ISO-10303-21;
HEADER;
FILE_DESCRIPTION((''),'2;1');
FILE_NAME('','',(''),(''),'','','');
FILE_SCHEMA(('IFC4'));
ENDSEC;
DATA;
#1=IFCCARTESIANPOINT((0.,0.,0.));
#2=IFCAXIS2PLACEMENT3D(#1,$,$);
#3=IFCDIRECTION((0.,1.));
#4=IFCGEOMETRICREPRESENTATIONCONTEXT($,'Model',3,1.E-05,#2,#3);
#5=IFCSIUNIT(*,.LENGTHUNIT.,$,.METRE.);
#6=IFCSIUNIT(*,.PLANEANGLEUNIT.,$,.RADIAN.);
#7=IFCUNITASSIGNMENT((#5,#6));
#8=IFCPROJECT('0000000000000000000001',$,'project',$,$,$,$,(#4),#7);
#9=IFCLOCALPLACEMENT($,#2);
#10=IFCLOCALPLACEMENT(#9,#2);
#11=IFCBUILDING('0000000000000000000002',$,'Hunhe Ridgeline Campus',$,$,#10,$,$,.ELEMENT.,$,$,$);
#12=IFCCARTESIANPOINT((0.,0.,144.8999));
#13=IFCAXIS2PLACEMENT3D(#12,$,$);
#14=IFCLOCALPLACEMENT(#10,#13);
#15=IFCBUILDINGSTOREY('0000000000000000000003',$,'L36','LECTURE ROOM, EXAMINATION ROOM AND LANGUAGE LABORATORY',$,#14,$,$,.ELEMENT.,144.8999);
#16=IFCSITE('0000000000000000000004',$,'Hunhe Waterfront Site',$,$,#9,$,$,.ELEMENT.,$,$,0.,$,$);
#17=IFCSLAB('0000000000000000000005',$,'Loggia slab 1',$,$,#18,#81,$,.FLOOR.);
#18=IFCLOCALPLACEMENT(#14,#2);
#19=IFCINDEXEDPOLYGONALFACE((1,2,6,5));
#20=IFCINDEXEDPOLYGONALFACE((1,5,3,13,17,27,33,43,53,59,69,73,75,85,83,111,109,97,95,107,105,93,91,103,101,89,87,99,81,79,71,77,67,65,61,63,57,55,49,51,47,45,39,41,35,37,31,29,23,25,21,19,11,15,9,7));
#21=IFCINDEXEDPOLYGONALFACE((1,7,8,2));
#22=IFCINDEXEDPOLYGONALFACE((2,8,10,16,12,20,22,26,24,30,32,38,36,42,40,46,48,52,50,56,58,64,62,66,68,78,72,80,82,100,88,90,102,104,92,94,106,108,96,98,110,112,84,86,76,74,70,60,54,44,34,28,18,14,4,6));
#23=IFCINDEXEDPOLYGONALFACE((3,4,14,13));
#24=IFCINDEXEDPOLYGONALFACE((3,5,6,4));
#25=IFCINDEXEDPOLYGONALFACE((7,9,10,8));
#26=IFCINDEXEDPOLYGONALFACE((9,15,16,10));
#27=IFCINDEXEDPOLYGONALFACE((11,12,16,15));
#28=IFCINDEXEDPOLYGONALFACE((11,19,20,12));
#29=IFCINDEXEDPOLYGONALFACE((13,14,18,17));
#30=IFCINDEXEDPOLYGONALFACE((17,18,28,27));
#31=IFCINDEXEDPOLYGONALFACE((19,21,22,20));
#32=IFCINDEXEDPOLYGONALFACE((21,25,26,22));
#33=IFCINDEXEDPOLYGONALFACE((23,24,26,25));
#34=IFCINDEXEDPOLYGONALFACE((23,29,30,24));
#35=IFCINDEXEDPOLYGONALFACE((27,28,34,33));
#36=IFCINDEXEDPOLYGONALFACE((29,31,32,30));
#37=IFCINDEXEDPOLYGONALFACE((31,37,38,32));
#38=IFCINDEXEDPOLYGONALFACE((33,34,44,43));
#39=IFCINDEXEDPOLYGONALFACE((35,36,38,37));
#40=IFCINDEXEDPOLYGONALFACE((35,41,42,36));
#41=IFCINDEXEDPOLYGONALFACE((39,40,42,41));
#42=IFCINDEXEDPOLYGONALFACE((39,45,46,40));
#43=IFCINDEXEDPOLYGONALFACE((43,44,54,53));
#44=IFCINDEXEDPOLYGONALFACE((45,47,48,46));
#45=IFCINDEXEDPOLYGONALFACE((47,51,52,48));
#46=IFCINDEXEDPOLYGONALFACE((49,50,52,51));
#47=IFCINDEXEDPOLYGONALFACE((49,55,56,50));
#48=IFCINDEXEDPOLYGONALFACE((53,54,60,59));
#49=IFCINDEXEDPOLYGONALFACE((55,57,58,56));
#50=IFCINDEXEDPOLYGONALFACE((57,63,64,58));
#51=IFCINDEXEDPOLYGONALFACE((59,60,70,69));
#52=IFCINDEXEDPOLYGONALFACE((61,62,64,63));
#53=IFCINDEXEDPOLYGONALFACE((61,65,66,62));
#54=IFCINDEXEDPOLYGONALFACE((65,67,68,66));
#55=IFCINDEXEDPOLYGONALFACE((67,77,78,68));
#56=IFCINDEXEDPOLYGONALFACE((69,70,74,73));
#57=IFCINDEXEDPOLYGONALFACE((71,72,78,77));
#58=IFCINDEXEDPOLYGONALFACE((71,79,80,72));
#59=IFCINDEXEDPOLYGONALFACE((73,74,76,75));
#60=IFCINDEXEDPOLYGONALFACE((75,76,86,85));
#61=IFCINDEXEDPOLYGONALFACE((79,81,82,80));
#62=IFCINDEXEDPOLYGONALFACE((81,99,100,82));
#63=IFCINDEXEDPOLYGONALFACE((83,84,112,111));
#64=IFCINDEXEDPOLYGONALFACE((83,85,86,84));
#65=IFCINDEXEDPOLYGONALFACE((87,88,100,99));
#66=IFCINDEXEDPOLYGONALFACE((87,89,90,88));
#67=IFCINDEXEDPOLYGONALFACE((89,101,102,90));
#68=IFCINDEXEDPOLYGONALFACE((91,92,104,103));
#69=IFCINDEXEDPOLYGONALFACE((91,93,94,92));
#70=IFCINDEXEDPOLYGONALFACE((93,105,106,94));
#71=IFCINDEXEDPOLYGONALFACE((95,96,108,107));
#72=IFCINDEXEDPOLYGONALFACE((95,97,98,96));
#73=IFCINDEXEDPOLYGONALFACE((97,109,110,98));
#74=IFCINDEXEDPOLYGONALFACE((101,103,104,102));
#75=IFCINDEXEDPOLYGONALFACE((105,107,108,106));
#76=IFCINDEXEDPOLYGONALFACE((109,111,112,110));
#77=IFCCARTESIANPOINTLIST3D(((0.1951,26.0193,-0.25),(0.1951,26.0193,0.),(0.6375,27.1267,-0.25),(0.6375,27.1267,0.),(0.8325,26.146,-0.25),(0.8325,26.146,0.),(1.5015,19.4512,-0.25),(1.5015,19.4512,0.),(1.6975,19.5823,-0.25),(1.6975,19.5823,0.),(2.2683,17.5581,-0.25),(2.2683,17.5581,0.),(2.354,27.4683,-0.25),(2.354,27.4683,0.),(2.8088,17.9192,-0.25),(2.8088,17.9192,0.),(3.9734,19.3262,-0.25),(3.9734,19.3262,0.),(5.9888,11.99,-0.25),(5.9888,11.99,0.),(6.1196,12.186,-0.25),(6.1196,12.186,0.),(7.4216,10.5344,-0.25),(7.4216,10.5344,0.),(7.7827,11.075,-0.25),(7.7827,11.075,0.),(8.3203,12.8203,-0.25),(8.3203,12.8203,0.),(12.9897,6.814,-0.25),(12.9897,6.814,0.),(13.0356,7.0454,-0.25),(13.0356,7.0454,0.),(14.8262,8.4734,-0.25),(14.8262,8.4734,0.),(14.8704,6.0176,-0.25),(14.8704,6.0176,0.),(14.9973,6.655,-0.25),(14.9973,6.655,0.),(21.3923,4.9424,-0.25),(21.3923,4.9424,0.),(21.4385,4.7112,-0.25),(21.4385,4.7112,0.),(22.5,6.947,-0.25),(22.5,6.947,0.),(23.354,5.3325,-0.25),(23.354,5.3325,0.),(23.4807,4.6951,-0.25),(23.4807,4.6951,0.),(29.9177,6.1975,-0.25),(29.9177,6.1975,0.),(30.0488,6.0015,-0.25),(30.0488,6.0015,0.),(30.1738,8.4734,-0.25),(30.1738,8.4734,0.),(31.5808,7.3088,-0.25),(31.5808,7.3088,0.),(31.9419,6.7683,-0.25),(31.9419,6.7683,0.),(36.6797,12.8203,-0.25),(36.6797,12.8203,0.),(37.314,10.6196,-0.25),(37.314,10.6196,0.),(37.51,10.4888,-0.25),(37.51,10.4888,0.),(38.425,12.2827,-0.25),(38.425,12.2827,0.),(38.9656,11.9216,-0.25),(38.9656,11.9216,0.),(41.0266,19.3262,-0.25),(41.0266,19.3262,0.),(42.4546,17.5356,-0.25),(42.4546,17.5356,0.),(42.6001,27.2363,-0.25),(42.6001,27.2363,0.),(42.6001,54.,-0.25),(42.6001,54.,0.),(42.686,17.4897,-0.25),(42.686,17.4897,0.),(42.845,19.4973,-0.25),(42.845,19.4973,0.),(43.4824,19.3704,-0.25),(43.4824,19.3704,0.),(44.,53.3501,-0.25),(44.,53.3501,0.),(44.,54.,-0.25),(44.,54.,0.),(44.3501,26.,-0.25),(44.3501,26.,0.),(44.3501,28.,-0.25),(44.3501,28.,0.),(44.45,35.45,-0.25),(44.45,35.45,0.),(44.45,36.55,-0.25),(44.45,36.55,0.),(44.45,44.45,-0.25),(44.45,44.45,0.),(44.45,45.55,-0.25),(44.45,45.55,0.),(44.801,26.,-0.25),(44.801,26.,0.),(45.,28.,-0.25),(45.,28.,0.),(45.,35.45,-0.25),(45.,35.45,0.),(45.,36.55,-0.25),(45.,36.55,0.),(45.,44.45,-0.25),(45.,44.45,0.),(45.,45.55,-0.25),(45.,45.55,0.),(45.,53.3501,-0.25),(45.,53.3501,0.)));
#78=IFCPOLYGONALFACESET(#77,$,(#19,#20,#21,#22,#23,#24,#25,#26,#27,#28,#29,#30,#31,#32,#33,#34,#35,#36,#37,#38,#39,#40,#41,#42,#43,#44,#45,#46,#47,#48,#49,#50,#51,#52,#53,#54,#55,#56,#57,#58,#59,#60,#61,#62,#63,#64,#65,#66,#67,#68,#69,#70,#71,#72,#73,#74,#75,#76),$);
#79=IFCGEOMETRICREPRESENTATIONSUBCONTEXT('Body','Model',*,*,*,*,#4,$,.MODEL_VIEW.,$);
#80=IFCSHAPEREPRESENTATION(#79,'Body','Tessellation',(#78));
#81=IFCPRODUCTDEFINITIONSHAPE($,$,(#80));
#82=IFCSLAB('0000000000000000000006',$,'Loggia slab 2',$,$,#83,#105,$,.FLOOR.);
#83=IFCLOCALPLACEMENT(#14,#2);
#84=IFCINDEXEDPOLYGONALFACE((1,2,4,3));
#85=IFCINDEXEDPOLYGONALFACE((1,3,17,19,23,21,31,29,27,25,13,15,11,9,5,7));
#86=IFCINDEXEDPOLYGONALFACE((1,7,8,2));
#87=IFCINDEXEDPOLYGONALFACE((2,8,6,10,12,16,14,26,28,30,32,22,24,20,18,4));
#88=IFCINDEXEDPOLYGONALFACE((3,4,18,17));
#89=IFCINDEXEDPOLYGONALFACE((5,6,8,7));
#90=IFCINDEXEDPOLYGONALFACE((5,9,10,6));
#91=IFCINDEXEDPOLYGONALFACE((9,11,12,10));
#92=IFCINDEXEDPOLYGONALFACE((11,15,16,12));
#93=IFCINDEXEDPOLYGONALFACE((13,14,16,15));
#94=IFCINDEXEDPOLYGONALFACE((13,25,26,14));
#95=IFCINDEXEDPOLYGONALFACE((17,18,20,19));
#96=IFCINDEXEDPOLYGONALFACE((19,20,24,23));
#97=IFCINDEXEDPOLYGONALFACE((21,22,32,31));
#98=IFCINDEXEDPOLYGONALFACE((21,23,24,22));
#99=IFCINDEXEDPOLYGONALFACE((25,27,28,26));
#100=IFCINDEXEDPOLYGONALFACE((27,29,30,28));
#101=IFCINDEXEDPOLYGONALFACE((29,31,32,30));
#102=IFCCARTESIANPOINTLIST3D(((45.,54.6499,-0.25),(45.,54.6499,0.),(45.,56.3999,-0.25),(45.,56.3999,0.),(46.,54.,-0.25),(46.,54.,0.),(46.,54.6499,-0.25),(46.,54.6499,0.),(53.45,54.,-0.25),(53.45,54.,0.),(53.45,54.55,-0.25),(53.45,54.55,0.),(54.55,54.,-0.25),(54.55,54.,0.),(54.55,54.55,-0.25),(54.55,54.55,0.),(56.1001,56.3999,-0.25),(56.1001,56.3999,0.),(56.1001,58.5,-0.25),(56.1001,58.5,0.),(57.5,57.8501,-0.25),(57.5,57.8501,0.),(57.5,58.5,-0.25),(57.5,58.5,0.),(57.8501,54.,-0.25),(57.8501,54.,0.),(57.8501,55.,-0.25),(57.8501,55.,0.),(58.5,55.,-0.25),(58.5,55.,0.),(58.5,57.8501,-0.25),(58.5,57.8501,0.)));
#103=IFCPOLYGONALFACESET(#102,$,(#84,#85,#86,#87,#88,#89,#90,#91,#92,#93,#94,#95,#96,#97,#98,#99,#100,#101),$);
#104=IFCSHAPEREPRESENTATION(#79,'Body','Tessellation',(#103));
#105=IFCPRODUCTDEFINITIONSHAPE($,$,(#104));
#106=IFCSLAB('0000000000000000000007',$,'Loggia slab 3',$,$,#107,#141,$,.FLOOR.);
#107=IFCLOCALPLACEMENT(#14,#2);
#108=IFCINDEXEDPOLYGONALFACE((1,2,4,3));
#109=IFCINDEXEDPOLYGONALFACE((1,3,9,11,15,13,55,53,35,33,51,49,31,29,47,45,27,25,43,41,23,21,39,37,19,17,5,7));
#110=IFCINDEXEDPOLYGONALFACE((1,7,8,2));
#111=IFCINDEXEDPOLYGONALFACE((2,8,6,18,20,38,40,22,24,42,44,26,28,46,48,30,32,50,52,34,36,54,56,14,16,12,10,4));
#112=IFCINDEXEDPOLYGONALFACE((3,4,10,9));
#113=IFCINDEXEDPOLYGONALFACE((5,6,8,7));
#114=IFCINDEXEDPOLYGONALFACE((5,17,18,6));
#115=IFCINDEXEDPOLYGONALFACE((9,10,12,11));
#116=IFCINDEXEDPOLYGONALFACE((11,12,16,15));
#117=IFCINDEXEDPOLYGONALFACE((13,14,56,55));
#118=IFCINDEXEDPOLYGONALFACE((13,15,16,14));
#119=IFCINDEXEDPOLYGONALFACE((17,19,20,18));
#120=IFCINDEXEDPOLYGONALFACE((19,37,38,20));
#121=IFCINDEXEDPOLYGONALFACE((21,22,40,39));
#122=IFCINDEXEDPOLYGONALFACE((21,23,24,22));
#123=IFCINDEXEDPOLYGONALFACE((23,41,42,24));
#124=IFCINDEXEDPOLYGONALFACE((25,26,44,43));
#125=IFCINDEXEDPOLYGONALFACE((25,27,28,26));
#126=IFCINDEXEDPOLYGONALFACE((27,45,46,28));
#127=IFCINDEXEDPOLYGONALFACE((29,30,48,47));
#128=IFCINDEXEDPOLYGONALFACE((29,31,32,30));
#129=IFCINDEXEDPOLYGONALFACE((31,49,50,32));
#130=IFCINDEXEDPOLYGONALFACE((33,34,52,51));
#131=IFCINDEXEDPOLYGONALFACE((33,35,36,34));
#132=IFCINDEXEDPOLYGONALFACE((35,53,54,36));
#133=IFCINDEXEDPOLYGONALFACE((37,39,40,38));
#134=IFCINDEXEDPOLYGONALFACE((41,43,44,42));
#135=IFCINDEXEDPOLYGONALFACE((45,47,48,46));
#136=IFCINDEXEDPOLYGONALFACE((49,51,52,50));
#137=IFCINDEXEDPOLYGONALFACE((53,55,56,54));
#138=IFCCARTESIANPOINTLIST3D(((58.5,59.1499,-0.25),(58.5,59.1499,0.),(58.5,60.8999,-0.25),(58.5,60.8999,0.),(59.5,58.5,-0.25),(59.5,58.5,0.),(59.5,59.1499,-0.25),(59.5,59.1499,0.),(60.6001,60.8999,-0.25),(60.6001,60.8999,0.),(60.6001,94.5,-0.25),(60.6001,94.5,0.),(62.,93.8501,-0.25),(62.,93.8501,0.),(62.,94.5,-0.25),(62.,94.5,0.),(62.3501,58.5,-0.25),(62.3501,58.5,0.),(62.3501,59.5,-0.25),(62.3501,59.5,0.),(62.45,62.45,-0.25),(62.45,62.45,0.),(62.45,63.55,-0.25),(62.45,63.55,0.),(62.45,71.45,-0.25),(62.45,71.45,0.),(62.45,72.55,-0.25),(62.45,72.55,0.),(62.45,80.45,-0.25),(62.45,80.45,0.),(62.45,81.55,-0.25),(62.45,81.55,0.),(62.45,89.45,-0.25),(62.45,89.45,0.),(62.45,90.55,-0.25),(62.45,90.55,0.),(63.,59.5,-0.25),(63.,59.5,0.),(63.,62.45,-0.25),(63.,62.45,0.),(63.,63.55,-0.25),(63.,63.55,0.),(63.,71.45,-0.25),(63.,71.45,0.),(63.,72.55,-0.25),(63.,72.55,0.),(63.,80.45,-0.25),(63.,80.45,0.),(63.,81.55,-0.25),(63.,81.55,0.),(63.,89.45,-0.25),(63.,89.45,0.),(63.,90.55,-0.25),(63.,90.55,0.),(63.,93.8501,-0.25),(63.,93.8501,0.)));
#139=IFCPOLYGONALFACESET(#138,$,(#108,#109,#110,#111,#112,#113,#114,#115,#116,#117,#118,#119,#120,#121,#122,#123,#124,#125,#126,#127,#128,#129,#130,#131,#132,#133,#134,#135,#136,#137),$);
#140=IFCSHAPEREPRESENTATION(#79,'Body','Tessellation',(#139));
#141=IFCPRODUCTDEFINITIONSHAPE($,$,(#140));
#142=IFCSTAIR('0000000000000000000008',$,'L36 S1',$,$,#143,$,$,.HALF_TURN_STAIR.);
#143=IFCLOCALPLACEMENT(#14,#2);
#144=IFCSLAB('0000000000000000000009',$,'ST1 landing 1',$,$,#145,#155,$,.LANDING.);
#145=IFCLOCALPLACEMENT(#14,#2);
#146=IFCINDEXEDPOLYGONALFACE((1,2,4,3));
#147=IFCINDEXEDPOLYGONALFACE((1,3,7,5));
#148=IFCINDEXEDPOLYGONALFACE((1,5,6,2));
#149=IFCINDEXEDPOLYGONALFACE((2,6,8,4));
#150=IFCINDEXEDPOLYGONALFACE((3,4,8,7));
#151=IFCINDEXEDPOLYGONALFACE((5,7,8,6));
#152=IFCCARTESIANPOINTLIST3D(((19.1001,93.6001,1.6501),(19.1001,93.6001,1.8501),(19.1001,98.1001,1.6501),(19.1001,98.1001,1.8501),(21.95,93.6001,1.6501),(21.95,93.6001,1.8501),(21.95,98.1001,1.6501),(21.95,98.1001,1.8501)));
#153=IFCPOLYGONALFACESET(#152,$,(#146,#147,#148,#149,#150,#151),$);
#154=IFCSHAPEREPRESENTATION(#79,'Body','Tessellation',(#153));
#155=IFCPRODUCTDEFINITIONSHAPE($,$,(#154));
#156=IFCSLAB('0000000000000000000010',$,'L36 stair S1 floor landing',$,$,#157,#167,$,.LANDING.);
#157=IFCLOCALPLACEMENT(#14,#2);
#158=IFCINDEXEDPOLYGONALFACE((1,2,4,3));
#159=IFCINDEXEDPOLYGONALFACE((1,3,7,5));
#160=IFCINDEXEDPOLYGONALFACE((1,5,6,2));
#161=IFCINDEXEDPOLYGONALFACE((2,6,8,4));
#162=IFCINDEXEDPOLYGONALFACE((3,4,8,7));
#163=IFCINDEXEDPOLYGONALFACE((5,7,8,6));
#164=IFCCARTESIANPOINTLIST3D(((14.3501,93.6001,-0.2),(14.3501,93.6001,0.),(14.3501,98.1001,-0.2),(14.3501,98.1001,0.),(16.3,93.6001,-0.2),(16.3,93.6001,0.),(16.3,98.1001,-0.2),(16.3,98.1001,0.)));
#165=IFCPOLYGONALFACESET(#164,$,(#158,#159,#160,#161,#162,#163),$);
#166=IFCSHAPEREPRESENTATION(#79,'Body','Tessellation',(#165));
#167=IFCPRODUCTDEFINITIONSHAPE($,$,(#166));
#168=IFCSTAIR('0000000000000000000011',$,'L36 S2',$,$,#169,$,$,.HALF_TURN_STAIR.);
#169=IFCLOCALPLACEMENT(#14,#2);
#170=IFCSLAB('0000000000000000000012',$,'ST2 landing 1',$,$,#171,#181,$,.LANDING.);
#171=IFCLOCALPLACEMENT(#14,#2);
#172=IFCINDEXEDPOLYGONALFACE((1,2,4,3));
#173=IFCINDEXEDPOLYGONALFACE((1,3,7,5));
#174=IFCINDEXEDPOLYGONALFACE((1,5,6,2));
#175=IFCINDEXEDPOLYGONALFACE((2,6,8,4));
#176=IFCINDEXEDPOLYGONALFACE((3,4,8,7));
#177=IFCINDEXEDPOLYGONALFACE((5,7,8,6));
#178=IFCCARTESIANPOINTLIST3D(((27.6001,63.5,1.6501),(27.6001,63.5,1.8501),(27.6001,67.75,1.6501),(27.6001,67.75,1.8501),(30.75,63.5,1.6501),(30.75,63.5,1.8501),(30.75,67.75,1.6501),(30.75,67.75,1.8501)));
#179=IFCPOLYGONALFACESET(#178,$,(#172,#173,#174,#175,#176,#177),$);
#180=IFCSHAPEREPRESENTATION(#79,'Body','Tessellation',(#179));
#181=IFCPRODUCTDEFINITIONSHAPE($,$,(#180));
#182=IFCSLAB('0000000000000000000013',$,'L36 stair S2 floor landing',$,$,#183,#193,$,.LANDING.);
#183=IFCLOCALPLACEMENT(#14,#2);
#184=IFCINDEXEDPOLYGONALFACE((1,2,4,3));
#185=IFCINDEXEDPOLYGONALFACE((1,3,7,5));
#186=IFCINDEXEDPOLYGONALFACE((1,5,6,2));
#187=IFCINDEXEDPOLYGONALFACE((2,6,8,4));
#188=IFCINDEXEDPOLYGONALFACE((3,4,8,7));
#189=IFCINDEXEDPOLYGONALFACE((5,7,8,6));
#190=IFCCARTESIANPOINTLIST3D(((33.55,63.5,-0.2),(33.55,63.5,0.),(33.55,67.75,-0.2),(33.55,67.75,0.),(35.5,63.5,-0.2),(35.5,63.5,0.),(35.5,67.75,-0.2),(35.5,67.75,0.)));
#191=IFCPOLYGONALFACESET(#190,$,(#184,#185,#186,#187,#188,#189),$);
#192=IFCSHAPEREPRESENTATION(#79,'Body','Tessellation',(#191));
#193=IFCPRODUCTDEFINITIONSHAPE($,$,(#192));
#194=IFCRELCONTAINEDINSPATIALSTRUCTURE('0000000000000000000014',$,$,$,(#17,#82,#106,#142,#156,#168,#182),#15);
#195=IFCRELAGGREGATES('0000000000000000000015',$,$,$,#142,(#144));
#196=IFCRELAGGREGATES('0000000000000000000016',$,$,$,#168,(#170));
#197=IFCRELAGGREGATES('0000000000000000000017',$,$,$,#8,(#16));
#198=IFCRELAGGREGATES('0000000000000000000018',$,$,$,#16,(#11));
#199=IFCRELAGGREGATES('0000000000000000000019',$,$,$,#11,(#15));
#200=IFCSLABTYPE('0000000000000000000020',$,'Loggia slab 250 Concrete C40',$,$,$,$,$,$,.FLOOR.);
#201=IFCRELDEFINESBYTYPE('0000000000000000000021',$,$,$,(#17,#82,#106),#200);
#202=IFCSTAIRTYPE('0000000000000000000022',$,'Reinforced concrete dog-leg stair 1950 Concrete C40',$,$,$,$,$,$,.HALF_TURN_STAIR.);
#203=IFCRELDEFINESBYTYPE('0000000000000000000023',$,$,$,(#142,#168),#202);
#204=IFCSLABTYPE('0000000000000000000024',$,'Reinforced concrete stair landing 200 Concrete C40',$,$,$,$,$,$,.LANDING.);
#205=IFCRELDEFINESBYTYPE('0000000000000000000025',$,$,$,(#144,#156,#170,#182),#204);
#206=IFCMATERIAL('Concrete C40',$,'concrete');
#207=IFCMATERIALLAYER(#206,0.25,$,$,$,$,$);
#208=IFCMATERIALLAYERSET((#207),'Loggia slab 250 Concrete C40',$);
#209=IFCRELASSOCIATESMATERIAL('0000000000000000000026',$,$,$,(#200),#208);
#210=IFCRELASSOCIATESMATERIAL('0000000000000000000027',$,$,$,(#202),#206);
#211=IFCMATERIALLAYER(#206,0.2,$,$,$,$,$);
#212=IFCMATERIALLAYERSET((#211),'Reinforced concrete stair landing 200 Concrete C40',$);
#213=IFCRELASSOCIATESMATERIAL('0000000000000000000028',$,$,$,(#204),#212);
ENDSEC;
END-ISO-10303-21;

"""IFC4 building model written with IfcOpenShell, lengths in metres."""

from ifc_helpers import new_model, si_unit, direction, frame, origin, place, context, subcontext, project, spatial, polyline, outline, extrude, material, layer, layer_set, type_object, element, aggregate, save


model = new_model("IFC4")

# Units and contexts
model_context = context("Model", 3, precision=1e-05, world=origin(), true_north=direction((0.0, 1.0)))
body_context = subcontext(model_context, "Body", "Model", "MODEL_VIEW")
ifc_project = project(units=[si_unit("LENGTHUNIT", "METRE"), si_unit("PLANEANGLEUNIT", "RADIAN")], contexts=[model_context])

# Site, building, storey
site_placement = place(None, origin())
site = spatial("IfcSite", under=ifc_project, at=site_placement, Name="Hunhe Waterfront Site", CompositionType="ELEMENT", RefElevation=0.0)
building_placement = place(site_placement, origin())
building = spatial("IfcBuilding", under=site, at=building_placement, Name="Hunhe Ridgeline Campus", CompositionType="ELEMENT")
storey_placement = place(building_placement, frame((0.0, 0.0, 144.8999)))
storey = spatial("IfcBuildingStorey", under=building, at=storey_placement, Name="L36", Description="LECTURE ROOM, EXAMINATION ROOM AND LANGUAGE LABORATORY", CompositionType="ELEMENT", Elevation=144.8999)

# Slabs
ifc_material_1 = material(Name="Concrete C40", Category="concrete")
ifc_layer_1 = layer(ifc_material_1, 0.25)
ifc_layer_set_1 = layer_set([ifc_layer_1], Name="Loggia slab 250 Concrete C40")
slab_type_1 = type_object("IfcSlabType", Name="Loggia slab 250 Concrete C40", PredefinedType="FLOOR", material=ifc_layer_set_1)
slab_1_placement = place(storey_placement, frame((0.0, 0.0, -0.25)))
element("IfcSlab", 1, at=slab_1_placement, inside=storey, type_object=slab_type_1, Name="Loggia slab 1", PredefinedType="FLOOR", context=body_context, shape_type="SweptSolid", body=[
    extrude(outline(polyline([(30.1738, 8.4734), (22.5, 6.947), (14.8262, 8.4734), (8.3203, 12.8203), (3.9734, 19.3262), (2.354, 27.4683), (0.6375, 27.1267), (0.8325, 26.146), (0.1951, 26.0193), (1.5015, 19.4512), (1.6975, 19.5823), (2.8088, 17.9192), (2.2683, 17.5581), (5.9888, 11.99), (6.1196, 12.186), (7.7827, 11.075), (7.4216, 10.5344), (12.9897, 6.814), (13.0356, 7.0454), (14.9973, 6.655), (14.8704, 6.0176), (21.4385, 4.7112), (21.3923, 4.9424), (23.354, 5.3325), (23.4807, 4.6951), (30.0488, 6.0015), (29.9177, 6.1975), (31.5808, 7.3088), (31.9419, 6.7683), (37.51, 10.4888), (37.314, 10.6196), (38.425, 12.2827), (38.9656, 11.9216), (42.686, 17.4897), (42.4546, 17.5356), (42.845, 19.4973), (43.4824, 19.3704), (44.801, 26.0), (44.3501, 26.0), (44.3501, 28.0), (45.0, 28.0), (45.0, 35.45), (44.45, 35.45), (44.45, 36.55), (45.0, 36.55), (45.0, 44.45), (44.45, 44.45), (44.45, 45.55), (45.0, 45.55), (45.0, 53.3501), (44.0, 53.3501), (44.0, 54.0), (42.6001, 54.0), (42.6001, 27.2363), (41.0266, 19.3262), (36.6797, 12.8203), (30.1738, 8.4734)])), origin(), (0.0, 0.0, 1.0), 0.25),
])
slab_2_placement = place(storey_placement, frame((0.0, 0.0, -0.25)))
element("IfcSlab", 2, at=slab_2_placement, inside=storey, type_object=slab_type_1, Name="Loggia slab 2", PredefinedType="FLOOR", context=body_context, shape_type="SweptSolid", body=[
    extrude(outline(polyline([(45.0, 54.6499), (46.0, 54.6499), (46.0, 54.0), (53.45, 54.0), (53.45, 54.55), (54.55, 54.55), (54.55, 54.0), (57.8501, 54.0), (57.8501, 55.0), (58.5, 55.0), (58.5, 57.8501), (57.5, 57.8501), (57.5, 58.5), (56.1001, 58.5), (56.1001, 56.3999), (45.0, 56.3999), (45.0, 54.6499)])), origin(), (0.0, 0.0, 1.0), 0.25),
])
slab_3_placement = place(storey_placement, frame((0.0, 0.0, -0.25)))
element("IfcSlab", 3, at=slab_3_placement, inside=storey, type_object=slab_type_1, Name="Loggia slab 3", PredefinedType="FLOOR", context=body_context, shape_type="SweptSolid", body=[
    extrude(outline(polyline([(58.5, 59.1499), (59.5, 59.1499), (59.5, 58.5), (62.3501, 58.5), (62.3501, 59.5), (63.0, 59.5), (63.0, 62.45), (62.45, 62.45), (62.45, 63.55), (63.0, 63.55), (63.0, 71.45), (62.45, 71.45), (62.45, 72.55), (63.0, 72.55), (63.0, 80.45), (62.45, 80.45), (62.45, 81.55), (63.0, 81.55), (63.0, 89.45), (62.45, 89.45), (62.45, 90.55), (63.0, 90.55), (63.0, 93.8501), (62.0, 93.8501), (62.0, 94.5), (60.6001, 94.5), (60.6001, 60.8999), (58.5, 60.8999), (58.5, 59.1499)])), origin(), (0.0, 0.0, 1.0), 0.25),
])

# Stair, slab
stair_type = type_object("IfcStairType", Name="Reinforced concrete dog-leg stair 1950 Concrete C40", PredefinedType="HALF_TURN_STAIR", material=ifc_material_1)
stair_1_placement = place(storey_placement, origin())
stair_1 = element("IfcStair", 4, at=stair_1_placement, inside=storey, type_object=stair_type, Name="L36 S1", PredefinedType="HALF_TURN_STAIR")
ifc_layer_2 = layer(ifc_material_1, 0.2)
ifc_layer_set_2 = layer_set([ifc_layer_2], Name="Reinforced concrete stair landing 200 Concrete C40")
slab_type_2 = type_object("IfcSlabType", Name="Reinforced concrete stair landing 200 Concrete C40", PredefinedType="LANDING", material=ifc_layer_set_2)
slab_4_placement = place(storey_placement, frame((0.0, 0.0, 1.6501)))
slab_4 = element("IfcSlab", 5, at=slab_4_placement, type_object=slab_type_2, Name="ST1 landing 1", PredefinedType="LANDING", context=body_context, shape_type="SweptSolid", body=[
    extrude(outline(polyline([(19.1001, 93.6001), (21.95, 93.6001), (21.95, 98.1001), (19.1001, 98.1001), (19.1001, 93.6001)])), origin(), (0.0, 0.0, 1.0), 0.2),
])
aggregate(stair_1, [slab_4])

# Slab
slab_5_placement = place(storey_placement, frame((0.0, 0.0, -0.2)))
element("IfcSlab", 6, at=slab_5_placement, inside=storey, type_object=slab_type_2, Name="L36 stair S1 floor landing", PredefinedType="LANDING", context=body_context, shape_type="SweptSolid", body=[
    extrude(outline(polyline([(14.3501, 93.6001), (16.3, 93.6001), (16.3, 98.1001), (14.3501, 98.1001), (14.3501, 93.6001)])), origin(), (0.0, 0.0, 1.0), 0.2),
])

# Stair, slab
stair_2_placement = place(storey_placement, origin())
stair_2 = element("IfcStair", 7, at=stair_2_placement, inside=storey, type_object=stair_type, Name="L36 S2", PredefinedType="HALF_TURN_STAIR")
slab_6_placement = place(storey_placement, frame((0.0, 0.0, 1.6501)))
slab_6 = element("IfcSlab", 8, at=slab_6_placement, type_object=slab_type_2, Name="ST2 landing 1", PredefinedType="LANDING", context=body_context, shape_type="SweptSolid", body=[
    extrude(outline(polyline([(30.75, 67.75), (27.6001, 67.75), (27.6001, 63.5), (30.75, 63.5), (30.75, 67.75)])), origin(), (0.0, 0.0, 1.0), 0.2),
])
aggregate(stair_2, [slab_6])

# Slab
slab_7_placement = place(storey_placement, frame((0.0, 0.0, -0.2)))
element("IfcSlab", 9, at=slab_7_placement, inside=storey, type_object=slab_type_2, Name="L36 stair S2 floor landing", PredefinedType="LANDING", context=body_context, shape_type="SweptSolid", body=[
    extrude(outline(polyline([(35.5, 67.75), (33.55, 67.75), (33.55, 63.5), (35.5, 63.5), (35.5, 67.75)])), origin(), (0.0, 0.0, 1.0), 0.2),
])

save(model, "model.ifc")
